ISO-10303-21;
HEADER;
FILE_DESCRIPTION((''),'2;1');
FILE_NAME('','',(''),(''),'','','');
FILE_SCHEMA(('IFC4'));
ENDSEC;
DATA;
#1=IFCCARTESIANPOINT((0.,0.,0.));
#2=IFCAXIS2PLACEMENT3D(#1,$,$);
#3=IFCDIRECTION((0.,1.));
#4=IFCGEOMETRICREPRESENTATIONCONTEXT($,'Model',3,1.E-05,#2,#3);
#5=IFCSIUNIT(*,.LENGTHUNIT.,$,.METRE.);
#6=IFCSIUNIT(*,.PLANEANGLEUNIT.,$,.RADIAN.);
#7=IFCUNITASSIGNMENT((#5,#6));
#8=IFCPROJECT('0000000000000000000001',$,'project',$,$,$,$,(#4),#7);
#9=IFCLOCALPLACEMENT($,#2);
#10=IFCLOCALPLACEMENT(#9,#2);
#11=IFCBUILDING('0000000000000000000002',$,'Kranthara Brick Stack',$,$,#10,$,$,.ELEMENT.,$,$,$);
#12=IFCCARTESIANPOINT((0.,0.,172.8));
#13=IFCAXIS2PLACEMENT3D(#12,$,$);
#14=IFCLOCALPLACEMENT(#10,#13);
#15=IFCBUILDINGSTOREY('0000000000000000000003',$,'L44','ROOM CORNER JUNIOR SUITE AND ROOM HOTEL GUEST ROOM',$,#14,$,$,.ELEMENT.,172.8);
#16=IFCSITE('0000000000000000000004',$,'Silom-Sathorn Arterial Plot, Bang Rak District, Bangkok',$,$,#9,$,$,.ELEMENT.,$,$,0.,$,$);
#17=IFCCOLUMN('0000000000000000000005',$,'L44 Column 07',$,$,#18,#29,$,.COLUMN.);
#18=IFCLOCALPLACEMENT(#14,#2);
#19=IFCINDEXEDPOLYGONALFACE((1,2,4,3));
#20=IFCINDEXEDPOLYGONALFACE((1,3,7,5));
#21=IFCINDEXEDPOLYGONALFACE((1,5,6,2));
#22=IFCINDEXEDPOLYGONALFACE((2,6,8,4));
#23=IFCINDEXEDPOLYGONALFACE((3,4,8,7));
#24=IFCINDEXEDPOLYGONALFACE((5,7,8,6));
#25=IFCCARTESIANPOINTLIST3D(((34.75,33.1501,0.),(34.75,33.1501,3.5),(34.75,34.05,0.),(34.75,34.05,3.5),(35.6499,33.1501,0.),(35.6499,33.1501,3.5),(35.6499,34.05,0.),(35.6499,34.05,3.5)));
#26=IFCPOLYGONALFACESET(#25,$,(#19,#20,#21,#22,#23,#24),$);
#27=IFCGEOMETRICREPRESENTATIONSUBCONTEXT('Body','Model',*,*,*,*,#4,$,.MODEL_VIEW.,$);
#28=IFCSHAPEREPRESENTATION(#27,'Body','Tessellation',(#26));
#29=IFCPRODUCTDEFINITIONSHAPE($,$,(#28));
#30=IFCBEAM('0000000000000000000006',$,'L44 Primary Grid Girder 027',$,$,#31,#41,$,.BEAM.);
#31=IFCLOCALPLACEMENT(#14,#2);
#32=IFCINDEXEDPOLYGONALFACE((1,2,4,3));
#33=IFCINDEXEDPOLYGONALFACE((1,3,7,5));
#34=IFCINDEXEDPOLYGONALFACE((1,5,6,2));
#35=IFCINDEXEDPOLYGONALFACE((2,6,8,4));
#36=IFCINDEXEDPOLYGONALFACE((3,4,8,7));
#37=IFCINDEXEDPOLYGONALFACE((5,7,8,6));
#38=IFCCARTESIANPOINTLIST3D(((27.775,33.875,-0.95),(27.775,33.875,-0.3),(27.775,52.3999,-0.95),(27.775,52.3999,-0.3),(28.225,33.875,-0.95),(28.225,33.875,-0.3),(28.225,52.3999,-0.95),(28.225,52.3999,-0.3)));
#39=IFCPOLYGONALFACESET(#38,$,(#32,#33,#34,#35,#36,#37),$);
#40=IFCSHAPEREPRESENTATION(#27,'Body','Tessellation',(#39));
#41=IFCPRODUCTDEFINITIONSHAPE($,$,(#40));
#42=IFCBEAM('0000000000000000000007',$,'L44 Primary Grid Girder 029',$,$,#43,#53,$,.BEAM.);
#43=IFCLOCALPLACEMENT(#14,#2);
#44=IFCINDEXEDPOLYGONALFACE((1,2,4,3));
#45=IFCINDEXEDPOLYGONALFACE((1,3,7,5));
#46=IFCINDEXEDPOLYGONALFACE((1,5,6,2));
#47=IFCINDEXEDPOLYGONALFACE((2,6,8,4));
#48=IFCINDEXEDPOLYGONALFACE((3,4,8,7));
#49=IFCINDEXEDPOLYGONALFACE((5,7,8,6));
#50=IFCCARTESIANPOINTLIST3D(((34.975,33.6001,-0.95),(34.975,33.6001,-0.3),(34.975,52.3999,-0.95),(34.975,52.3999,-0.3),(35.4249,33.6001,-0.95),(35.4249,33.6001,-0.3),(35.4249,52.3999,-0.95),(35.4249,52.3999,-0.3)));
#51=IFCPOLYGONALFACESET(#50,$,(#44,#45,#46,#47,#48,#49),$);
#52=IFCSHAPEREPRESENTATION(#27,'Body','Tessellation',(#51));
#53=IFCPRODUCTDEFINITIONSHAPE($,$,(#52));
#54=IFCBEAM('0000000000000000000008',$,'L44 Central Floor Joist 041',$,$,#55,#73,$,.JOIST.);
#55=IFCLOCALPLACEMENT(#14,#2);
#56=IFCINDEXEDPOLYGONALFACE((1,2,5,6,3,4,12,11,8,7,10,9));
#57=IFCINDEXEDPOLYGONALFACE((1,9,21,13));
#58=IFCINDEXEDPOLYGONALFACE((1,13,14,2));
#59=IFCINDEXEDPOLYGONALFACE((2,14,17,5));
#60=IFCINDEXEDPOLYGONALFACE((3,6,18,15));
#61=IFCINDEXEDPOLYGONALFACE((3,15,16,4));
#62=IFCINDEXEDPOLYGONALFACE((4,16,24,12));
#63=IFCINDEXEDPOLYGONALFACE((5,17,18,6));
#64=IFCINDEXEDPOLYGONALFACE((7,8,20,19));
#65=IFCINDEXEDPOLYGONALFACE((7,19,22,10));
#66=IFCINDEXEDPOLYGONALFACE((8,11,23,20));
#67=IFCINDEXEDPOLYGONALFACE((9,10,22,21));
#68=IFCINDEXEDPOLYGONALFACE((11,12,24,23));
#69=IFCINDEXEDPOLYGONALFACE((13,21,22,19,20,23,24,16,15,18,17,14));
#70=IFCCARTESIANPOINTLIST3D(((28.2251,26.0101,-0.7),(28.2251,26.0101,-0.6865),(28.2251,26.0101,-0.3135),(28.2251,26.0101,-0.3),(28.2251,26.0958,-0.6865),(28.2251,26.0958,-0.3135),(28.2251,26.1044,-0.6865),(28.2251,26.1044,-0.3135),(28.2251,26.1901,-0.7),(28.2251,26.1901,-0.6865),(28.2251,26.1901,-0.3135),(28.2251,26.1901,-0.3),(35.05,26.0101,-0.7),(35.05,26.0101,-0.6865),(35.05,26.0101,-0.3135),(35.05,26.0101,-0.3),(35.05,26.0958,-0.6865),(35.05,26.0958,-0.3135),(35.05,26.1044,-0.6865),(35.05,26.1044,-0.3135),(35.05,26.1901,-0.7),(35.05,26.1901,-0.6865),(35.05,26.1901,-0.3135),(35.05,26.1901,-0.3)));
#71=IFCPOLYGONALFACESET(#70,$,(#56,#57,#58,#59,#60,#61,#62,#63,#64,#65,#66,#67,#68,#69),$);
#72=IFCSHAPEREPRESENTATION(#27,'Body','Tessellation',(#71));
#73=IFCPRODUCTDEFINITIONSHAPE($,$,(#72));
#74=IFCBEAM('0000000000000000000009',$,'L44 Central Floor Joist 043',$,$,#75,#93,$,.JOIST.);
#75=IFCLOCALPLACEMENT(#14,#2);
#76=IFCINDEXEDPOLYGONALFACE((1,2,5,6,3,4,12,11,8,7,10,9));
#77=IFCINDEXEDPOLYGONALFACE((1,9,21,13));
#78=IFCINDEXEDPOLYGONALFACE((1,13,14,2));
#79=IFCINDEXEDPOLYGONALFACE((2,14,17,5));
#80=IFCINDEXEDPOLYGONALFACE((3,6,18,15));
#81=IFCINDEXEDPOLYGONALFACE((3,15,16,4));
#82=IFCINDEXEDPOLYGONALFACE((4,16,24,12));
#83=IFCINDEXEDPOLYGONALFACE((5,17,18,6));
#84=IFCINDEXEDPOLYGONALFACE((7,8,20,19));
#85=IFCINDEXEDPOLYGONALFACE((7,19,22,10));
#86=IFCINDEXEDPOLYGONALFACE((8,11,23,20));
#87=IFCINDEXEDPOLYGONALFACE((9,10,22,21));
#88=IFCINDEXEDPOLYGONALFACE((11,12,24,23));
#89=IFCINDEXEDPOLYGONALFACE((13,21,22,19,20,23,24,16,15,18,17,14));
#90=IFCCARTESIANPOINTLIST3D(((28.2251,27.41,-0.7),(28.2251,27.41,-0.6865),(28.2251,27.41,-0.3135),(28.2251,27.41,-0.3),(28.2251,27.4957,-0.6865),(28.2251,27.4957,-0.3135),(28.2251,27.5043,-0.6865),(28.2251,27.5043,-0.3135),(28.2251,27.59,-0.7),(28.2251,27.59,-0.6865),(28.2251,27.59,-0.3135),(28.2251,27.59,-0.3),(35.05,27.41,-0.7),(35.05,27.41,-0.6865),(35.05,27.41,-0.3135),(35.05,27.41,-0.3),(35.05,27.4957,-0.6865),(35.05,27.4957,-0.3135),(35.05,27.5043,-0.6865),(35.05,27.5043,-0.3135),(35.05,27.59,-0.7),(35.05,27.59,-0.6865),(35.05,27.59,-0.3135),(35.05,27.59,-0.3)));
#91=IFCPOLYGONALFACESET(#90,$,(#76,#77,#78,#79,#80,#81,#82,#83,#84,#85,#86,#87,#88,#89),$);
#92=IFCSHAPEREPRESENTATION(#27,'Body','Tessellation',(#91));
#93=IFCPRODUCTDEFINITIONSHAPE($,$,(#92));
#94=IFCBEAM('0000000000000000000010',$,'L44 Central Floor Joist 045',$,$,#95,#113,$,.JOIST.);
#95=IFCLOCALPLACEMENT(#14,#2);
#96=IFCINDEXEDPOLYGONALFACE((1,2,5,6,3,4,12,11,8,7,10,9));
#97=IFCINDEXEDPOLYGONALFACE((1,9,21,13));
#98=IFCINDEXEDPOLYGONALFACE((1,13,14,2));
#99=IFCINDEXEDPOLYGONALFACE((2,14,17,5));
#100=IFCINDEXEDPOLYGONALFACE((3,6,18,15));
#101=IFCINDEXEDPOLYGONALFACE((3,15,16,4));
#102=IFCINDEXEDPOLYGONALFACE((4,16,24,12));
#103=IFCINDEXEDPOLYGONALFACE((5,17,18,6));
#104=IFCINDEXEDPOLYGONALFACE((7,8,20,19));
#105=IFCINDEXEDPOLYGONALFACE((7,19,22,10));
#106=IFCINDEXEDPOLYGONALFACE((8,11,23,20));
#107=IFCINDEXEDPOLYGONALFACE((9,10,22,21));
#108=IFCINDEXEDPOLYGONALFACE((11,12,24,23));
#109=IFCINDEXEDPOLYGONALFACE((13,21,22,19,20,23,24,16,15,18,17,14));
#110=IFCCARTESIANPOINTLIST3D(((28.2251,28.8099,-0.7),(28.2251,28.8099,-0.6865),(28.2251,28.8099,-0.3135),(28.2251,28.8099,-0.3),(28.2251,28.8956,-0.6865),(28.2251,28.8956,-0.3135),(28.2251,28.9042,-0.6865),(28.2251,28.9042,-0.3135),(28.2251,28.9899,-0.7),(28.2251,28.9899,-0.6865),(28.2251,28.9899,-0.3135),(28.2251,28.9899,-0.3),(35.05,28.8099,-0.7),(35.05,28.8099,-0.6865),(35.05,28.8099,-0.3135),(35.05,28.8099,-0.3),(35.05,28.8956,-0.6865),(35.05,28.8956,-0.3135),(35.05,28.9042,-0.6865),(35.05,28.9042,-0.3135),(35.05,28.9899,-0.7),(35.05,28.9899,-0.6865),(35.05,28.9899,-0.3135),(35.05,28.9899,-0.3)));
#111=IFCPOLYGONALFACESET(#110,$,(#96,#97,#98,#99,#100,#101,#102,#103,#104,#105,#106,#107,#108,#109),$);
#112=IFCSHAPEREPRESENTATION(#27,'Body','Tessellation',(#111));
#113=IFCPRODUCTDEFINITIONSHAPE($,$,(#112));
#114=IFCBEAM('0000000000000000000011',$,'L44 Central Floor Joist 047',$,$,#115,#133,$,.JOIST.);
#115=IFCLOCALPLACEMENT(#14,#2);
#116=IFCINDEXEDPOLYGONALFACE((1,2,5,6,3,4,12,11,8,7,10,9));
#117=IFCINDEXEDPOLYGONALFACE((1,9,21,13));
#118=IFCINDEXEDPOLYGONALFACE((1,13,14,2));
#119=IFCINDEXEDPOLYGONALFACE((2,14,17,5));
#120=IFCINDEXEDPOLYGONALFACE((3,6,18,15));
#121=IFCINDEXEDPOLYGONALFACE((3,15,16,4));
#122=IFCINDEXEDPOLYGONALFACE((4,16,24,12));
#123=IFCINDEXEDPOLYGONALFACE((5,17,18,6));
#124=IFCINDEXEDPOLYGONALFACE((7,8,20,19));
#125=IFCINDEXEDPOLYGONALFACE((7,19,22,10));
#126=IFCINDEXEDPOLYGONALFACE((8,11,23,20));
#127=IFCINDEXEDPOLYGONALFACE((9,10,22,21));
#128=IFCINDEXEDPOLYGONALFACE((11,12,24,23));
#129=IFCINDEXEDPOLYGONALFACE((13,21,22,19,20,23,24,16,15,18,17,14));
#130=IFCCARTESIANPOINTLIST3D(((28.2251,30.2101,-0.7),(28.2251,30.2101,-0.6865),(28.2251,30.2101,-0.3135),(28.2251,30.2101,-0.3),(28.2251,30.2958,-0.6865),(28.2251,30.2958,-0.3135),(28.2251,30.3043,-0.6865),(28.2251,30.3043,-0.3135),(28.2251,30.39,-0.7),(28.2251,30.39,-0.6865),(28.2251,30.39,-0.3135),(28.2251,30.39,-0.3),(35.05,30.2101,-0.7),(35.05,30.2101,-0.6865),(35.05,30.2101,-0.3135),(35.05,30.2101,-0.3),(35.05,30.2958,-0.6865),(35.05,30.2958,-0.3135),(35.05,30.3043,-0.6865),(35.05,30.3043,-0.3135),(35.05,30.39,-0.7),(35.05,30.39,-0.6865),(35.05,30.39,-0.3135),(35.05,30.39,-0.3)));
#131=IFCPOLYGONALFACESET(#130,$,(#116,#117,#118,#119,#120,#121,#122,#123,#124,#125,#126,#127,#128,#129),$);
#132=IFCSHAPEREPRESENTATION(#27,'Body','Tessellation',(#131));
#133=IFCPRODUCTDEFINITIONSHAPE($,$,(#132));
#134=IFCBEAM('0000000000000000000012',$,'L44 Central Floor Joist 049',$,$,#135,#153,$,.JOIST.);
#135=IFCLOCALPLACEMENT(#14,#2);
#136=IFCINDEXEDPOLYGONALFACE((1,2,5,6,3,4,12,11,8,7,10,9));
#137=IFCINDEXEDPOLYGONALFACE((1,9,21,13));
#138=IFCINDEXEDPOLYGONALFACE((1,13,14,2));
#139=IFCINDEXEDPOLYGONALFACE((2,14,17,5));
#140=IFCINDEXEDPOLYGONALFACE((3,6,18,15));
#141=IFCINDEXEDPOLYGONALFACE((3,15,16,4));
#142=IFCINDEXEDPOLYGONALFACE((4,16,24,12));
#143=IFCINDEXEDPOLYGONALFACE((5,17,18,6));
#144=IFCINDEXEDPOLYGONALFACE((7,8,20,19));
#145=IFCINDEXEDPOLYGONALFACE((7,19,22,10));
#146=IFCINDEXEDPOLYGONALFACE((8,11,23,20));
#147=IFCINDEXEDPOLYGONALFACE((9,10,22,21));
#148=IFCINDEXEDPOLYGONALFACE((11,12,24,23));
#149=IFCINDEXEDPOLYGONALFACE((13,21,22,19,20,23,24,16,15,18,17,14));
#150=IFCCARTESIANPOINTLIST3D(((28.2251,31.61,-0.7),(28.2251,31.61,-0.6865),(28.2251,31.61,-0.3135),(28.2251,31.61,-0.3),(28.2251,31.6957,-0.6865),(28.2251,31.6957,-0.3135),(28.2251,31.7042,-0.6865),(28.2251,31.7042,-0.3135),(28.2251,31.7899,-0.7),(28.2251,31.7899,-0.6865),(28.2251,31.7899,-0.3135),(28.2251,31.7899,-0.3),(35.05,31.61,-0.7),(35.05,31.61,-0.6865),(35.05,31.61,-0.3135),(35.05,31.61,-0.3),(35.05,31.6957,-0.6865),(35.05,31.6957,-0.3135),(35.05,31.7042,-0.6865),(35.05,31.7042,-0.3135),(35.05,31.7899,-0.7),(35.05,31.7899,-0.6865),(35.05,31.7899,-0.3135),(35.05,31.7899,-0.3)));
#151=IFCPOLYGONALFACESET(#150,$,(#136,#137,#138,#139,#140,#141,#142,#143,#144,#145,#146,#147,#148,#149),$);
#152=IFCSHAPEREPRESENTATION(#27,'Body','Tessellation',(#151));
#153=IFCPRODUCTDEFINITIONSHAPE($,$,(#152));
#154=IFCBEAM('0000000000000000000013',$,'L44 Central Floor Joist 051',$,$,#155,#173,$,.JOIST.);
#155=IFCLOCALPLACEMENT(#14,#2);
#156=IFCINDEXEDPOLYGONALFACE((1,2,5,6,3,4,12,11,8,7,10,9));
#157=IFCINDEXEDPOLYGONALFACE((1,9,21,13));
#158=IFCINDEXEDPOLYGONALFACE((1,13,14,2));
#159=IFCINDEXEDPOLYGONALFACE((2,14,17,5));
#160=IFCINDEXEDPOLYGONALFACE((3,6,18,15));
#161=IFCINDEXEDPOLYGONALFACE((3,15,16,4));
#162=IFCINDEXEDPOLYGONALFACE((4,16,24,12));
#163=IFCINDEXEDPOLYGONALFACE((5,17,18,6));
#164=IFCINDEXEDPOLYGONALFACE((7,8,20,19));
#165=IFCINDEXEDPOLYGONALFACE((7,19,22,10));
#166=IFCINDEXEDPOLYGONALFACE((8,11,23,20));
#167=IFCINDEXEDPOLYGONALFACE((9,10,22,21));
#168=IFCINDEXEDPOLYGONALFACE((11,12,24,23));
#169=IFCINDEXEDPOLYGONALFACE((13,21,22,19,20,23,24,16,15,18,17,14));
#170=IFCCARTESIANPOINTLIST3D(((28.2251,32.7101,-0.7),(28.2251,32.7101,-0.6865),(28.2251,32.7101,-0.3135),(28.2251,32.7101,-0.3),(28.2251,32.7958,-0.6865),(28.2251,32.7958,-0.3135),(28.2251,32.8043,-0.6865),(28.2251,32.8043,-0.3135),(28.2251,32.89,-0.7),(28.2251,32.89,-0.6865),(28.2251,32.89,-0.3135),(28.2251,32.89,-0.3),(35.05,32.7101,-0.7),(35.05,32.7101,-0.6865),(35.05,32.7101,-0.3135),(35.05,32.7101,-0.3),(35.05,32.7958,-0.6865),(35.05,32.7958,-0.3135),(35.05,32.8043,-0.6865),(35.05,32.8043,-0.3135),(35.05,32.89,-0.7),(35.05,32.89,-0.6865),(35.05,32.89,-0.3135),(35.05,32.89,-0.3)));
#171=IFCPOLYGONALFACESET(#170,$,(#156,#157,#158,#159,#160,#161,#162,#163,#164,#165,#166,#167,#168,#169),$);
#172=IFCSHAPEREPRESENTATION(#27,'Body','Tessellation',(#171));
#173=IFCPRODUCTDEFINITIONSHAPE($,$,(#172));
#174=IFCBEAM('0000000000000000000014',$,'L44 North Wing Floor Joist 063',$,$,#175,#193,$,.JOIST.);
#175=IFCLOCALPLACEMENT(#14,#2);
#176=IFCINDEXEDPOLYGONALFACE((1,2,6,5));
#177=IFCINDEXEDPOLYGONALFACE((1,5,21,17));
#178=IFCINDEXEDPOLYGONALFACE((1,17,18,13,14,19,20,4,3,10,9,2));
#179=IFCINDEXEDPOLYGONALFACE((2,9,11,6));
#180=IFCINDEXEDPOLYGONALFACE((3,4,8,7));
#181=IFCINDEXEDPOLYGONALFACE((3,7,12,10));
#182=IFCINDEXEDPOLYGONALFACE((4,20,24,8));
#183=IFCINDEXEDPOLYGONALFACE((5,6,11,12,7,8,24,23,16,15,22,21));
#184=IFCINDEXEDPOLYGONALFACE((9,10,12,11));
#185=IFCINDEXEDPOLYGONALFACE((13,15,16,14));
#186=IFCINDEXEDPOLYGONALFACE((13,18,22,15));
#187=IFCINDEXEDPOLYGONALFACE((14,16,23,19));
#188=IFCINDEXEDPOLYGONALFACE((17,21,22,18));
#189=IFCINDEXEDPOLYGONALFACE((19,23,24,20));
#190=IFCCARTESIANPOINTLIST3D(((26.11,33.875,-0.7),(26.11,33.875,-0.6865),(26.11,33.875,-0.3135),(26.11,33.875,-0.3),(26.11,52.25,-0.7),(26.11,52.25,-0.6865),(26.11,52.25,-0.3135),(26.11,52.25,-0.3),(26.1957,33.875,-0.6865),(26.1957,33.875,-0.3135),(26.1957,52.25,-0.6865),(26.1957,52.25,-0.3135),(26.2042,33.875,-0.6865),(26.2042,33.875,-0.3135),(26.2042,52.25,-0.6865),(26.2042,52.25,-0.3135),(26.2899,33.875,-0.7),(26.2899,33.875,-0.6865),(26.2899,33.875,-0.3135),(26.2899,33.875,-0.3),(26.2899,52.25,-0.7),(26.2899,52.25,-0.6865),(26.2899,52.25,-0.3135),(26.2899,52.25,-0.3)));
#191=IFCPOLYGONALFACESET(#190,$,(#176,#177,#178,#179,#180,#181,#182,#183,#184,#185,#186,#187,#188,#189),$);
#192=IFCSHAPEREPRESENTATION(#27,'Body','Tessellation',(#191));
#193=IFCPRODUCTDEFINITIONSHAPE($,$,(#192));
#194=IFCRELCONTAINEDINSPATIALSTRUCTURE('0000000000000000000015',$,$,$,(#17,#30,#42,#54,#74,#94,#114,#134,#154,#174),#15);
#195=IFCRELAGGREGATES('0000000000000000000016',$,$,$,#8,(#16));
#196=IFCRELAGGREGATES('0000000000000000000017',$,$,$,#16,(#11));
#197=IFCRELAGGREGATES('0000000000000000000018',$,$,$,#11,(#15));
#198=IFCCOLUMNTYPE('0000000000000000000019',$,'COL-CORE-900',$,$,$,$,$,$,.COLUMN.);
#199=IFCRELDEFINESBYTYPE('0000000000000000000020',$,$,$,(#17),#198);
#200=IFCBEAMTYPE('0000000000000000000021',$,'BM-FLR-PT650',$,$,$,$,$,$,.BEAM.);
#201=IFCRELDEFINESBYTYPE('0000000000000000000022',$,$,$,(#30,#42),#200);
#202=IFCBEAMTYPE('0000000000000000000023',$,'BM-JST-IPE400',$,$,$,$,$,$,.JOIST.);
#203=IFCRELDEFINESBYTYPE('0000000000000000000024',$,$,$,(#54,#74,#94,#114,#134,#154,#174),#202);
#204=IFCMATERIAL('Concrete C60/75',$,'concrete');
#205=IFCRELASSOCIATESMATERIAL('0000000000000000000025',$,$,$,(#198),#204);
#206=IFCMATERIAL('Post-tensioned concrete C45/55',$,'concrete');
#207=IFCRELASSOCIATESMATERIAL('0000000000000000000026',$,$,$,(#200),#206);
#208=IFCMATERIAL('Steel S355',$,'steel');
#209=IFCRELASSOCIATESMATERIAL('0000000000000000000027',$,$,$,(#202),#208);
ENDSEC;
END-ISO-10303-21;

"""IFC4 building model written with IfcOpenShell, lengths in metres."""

from ifc_helpers import new_model, si_unit, direction, frame, origin, origin_2d, place, context, subcontext, project, spatial, rectangle, i_section, extrude, material, material_profile, profile_set, type_object, element, save


model = new_model("IFC4")

# Units and contexts
model_context = context("Model", 3, precision=1e-05, world=origin(), true_north=direction((0.0, 1.0)))
body_context = subcontext(model_context, "Body", "Model", "MODEL_VIEW")
ifc_project = project(units=[si_unit("LENGTHUNIT", "METRE"), si_unit("PLANEANGLEUNIT", "RADIAN")], contexts=[model_context])

# Site, building, storey
site_placement = place(None, origin())
site = spatial("IfcSite", under=ifc_project, at=site_placement, Name="Silom-Sathorn Arterial Plot, Bang Rak District, Bangkok", CompositionType="ELEMENT", RefElevation=0.0)
building_placement = place(site_placement, origin())
building = spatial("IfcBuilding", under=site, at=building_placement, Name="Kranthara Brick Stack", CompositionType="ELEMENT")
storey_placement = place(building_placement, frame((0.0, 0.0, 172.8)))
storey = spatial("IfcBuildingStorey", under=building, at=storey_placement, Name="L44", Description="ROOM CORNER JUNIOR SUITE AND ROOM HOTEL GUEST ROOM", CompositionType="ELEMENT", Elevation=172.8)

# Column
ifc_material_1 = material(Name="Concrete C60/75", Category="concrete")
ifc_material_profile_1 = material_profile(ifc_material_1, rectangle(XDim=0.8999, YDim=0.8999, at=origin_2d()), Name="RC 900x900")
ifc_profile_set_1 = profile_set([ifc_material_profile_1], Name="Concrete C60/75")
column_type = type_object("IfcColumnType", Name="COL-CORE-900", PredefinedType="COLUMN", material=ifc_profile_set_1)
column_placement = place(storey_placement, frame((35.2, 33.6001, 0.0), z_axis=(0.0, 0.0, 1.0), x_axis=(1.0, 0.0, 0.0)))
element("IfcColumn", 1, at=column_placement, inside=storey, type_object=column_type, Name="L44 Column 07", PredefinedType="COLUMN", context=body_context, shape_type="SweptSolid", body=[
    extrude(rectangle(XDim=0.8999, YDim=0.8999, at=origin_2d()), origin(), (0.0, 0.0, 1.0), 3.5),
])

# Beams
ifc_material_2 = material(Name="Post-tensioned concrete C45/55", Category="concrete")
ifc_material_profile_2 = material_profile(ifc_material_2, rectangle(XDim=0.45, YDim=0.6499, at=origin_2d()), Name="PT 450x650")
ifc_profile_set_2 = profile_set([ifc_material_profile_2], Name="Post-tensioned concrete C45/55")
beam_type_1 = type_object("IfcBeamType", Name="BM-FLR-PT650", PredefinedType="BEAM", material=ifc_profile_set_2)
beam_1_placement = place(storey_placement, frame((28.0, 33.875, -0.625), z_axis=(0.0, 1.0, 0.0), x_axis=(-1.0, 0.0, 0.0)))
element("IfcBeam", 2, at=beam_1_placement, inside=storey, type_object=beam_type_1, Name="L44 Primary Grid Girder 027", PredefinedType="BEAM", context=body_context, shape_type="SweptSolid", body=[
    extrude(rectangle(XDim=0.45, YDim=0.6499, at=origin_2d()), origin(), (0.0, 0.0, 1.0), 18.5249),
])
beam_2_placement = place(storey_placement, frame((35.2, 33.6001, -0.625), z_axis=(0.0, 1.0, 0.0), x_axis=(-1.0, 0.0, 0.0)))
element("IfcBeam", 3, at=beam_2_placement, inside=storey, type_object=beam_type_1, Name="L44 Primary Grid Girder 029", PredefinedType="BEAM", context=body_context, shape_type="SweptSolid", body=[
    extrude(rectangle(XDim=0.45, YDim=0.6499, at=origin_2d()), origin(), (0.0, 0.0, 1.0), 18.7998),
])
ifc_material_3 = material(Name="Steel S355", Category="steel")
ifc_material_profile_3 = material_profile(ifc_material_3, i_section(OverallWidth=0.1799, OverallDepth=0.3999, WebThickness=0.0085, FlangeThickness=0.0134, at=origin_2d()), Name="IPE 400")
ifc_profile_set_3 = profile_set([ifc_material_profile_3], Name="Steel S355")
beam_type_2 = type_object("IfcBeamType", Name="BM-JST-IPE400", PredefinedType="JOIST", material=ifc_profile_set_3)
for number, where, z_axis, x_axis, name in (
    (4, (28.2251, 26.1001, -0.5), (1.0, 0.0, 0.0), (0.0, 1.0, 0.0), "L44 Central Floor Joist 041"),
    (5, (28.2251, 27.5, -0.5), (1.0, 0.0, 0.0), (0.0, 1.0, 0.0), "L44 Central Floor Joist 043"),
    (6, (28.2251, 28.8999, -0.5), (1.0, 0.0, 0.0), (0.0, 1.0, 0.0), "L44 Central Floor Joist 045"),
    (7, (28.2251, 30.3, -0.5), (1.0, 0.0, 0.0), (0.0, 1.0, 0.0), "L44 Central Floor Joist 047"),
    (8, (28.2251, 31.7, -0.5), (1.0, 0.0, 0.0), (0.0, 1.0, 0.0), "L44 Central Floor Joist 049"),
    (9, (28.2251, 32.8, -0.5), (1.0, 0.0, 0.0), (0.0, 1.0, 0.0), "L44 Central Floor Joist 051"),
):
    element("IfcBeam", number, at=place(storey_placement, frame(where, z_axis=z_axis, x_axis=x_axis)), inside=storey, type_object=beam_type_2, Name=name, PredefinedType="JOIST", context=body_context, shape_type="SweptSolid", body=[
        extrude(i_section(OverallWidth=0.1799, OverallDepth=0.3999, WebThickness=0.0085, FlangeThickness=0.0134, at=origin_2d()), origin(), (0.0, 0.0, 1.0), 6.825),
    ])
beam_3_placement = place(storey_placement, frame((26.2, 33.875, -0.5), z_axis=(0.0, 1.0, 0.0), x_axis=(-1.0, 0.0, 0.0)))
element("IfcBeam", 10, at=beam_3_placement, inside=storey, type_object=beam_type_2, Name="L44 North Wing Floor Joist 063", PredefinedType="JOIST", context=body_context, shape_type="SweptSolid", body=[
    extrude(i_section(OverallWidth=0.1799, OverallDepth=0.3999, WebThickness=0.0085, FlangeThickness=0.0134, at=origin_2d()), origin(), (0.0, 0.0, 1.0), 18.375),
])

save(model, "model.ifc")
